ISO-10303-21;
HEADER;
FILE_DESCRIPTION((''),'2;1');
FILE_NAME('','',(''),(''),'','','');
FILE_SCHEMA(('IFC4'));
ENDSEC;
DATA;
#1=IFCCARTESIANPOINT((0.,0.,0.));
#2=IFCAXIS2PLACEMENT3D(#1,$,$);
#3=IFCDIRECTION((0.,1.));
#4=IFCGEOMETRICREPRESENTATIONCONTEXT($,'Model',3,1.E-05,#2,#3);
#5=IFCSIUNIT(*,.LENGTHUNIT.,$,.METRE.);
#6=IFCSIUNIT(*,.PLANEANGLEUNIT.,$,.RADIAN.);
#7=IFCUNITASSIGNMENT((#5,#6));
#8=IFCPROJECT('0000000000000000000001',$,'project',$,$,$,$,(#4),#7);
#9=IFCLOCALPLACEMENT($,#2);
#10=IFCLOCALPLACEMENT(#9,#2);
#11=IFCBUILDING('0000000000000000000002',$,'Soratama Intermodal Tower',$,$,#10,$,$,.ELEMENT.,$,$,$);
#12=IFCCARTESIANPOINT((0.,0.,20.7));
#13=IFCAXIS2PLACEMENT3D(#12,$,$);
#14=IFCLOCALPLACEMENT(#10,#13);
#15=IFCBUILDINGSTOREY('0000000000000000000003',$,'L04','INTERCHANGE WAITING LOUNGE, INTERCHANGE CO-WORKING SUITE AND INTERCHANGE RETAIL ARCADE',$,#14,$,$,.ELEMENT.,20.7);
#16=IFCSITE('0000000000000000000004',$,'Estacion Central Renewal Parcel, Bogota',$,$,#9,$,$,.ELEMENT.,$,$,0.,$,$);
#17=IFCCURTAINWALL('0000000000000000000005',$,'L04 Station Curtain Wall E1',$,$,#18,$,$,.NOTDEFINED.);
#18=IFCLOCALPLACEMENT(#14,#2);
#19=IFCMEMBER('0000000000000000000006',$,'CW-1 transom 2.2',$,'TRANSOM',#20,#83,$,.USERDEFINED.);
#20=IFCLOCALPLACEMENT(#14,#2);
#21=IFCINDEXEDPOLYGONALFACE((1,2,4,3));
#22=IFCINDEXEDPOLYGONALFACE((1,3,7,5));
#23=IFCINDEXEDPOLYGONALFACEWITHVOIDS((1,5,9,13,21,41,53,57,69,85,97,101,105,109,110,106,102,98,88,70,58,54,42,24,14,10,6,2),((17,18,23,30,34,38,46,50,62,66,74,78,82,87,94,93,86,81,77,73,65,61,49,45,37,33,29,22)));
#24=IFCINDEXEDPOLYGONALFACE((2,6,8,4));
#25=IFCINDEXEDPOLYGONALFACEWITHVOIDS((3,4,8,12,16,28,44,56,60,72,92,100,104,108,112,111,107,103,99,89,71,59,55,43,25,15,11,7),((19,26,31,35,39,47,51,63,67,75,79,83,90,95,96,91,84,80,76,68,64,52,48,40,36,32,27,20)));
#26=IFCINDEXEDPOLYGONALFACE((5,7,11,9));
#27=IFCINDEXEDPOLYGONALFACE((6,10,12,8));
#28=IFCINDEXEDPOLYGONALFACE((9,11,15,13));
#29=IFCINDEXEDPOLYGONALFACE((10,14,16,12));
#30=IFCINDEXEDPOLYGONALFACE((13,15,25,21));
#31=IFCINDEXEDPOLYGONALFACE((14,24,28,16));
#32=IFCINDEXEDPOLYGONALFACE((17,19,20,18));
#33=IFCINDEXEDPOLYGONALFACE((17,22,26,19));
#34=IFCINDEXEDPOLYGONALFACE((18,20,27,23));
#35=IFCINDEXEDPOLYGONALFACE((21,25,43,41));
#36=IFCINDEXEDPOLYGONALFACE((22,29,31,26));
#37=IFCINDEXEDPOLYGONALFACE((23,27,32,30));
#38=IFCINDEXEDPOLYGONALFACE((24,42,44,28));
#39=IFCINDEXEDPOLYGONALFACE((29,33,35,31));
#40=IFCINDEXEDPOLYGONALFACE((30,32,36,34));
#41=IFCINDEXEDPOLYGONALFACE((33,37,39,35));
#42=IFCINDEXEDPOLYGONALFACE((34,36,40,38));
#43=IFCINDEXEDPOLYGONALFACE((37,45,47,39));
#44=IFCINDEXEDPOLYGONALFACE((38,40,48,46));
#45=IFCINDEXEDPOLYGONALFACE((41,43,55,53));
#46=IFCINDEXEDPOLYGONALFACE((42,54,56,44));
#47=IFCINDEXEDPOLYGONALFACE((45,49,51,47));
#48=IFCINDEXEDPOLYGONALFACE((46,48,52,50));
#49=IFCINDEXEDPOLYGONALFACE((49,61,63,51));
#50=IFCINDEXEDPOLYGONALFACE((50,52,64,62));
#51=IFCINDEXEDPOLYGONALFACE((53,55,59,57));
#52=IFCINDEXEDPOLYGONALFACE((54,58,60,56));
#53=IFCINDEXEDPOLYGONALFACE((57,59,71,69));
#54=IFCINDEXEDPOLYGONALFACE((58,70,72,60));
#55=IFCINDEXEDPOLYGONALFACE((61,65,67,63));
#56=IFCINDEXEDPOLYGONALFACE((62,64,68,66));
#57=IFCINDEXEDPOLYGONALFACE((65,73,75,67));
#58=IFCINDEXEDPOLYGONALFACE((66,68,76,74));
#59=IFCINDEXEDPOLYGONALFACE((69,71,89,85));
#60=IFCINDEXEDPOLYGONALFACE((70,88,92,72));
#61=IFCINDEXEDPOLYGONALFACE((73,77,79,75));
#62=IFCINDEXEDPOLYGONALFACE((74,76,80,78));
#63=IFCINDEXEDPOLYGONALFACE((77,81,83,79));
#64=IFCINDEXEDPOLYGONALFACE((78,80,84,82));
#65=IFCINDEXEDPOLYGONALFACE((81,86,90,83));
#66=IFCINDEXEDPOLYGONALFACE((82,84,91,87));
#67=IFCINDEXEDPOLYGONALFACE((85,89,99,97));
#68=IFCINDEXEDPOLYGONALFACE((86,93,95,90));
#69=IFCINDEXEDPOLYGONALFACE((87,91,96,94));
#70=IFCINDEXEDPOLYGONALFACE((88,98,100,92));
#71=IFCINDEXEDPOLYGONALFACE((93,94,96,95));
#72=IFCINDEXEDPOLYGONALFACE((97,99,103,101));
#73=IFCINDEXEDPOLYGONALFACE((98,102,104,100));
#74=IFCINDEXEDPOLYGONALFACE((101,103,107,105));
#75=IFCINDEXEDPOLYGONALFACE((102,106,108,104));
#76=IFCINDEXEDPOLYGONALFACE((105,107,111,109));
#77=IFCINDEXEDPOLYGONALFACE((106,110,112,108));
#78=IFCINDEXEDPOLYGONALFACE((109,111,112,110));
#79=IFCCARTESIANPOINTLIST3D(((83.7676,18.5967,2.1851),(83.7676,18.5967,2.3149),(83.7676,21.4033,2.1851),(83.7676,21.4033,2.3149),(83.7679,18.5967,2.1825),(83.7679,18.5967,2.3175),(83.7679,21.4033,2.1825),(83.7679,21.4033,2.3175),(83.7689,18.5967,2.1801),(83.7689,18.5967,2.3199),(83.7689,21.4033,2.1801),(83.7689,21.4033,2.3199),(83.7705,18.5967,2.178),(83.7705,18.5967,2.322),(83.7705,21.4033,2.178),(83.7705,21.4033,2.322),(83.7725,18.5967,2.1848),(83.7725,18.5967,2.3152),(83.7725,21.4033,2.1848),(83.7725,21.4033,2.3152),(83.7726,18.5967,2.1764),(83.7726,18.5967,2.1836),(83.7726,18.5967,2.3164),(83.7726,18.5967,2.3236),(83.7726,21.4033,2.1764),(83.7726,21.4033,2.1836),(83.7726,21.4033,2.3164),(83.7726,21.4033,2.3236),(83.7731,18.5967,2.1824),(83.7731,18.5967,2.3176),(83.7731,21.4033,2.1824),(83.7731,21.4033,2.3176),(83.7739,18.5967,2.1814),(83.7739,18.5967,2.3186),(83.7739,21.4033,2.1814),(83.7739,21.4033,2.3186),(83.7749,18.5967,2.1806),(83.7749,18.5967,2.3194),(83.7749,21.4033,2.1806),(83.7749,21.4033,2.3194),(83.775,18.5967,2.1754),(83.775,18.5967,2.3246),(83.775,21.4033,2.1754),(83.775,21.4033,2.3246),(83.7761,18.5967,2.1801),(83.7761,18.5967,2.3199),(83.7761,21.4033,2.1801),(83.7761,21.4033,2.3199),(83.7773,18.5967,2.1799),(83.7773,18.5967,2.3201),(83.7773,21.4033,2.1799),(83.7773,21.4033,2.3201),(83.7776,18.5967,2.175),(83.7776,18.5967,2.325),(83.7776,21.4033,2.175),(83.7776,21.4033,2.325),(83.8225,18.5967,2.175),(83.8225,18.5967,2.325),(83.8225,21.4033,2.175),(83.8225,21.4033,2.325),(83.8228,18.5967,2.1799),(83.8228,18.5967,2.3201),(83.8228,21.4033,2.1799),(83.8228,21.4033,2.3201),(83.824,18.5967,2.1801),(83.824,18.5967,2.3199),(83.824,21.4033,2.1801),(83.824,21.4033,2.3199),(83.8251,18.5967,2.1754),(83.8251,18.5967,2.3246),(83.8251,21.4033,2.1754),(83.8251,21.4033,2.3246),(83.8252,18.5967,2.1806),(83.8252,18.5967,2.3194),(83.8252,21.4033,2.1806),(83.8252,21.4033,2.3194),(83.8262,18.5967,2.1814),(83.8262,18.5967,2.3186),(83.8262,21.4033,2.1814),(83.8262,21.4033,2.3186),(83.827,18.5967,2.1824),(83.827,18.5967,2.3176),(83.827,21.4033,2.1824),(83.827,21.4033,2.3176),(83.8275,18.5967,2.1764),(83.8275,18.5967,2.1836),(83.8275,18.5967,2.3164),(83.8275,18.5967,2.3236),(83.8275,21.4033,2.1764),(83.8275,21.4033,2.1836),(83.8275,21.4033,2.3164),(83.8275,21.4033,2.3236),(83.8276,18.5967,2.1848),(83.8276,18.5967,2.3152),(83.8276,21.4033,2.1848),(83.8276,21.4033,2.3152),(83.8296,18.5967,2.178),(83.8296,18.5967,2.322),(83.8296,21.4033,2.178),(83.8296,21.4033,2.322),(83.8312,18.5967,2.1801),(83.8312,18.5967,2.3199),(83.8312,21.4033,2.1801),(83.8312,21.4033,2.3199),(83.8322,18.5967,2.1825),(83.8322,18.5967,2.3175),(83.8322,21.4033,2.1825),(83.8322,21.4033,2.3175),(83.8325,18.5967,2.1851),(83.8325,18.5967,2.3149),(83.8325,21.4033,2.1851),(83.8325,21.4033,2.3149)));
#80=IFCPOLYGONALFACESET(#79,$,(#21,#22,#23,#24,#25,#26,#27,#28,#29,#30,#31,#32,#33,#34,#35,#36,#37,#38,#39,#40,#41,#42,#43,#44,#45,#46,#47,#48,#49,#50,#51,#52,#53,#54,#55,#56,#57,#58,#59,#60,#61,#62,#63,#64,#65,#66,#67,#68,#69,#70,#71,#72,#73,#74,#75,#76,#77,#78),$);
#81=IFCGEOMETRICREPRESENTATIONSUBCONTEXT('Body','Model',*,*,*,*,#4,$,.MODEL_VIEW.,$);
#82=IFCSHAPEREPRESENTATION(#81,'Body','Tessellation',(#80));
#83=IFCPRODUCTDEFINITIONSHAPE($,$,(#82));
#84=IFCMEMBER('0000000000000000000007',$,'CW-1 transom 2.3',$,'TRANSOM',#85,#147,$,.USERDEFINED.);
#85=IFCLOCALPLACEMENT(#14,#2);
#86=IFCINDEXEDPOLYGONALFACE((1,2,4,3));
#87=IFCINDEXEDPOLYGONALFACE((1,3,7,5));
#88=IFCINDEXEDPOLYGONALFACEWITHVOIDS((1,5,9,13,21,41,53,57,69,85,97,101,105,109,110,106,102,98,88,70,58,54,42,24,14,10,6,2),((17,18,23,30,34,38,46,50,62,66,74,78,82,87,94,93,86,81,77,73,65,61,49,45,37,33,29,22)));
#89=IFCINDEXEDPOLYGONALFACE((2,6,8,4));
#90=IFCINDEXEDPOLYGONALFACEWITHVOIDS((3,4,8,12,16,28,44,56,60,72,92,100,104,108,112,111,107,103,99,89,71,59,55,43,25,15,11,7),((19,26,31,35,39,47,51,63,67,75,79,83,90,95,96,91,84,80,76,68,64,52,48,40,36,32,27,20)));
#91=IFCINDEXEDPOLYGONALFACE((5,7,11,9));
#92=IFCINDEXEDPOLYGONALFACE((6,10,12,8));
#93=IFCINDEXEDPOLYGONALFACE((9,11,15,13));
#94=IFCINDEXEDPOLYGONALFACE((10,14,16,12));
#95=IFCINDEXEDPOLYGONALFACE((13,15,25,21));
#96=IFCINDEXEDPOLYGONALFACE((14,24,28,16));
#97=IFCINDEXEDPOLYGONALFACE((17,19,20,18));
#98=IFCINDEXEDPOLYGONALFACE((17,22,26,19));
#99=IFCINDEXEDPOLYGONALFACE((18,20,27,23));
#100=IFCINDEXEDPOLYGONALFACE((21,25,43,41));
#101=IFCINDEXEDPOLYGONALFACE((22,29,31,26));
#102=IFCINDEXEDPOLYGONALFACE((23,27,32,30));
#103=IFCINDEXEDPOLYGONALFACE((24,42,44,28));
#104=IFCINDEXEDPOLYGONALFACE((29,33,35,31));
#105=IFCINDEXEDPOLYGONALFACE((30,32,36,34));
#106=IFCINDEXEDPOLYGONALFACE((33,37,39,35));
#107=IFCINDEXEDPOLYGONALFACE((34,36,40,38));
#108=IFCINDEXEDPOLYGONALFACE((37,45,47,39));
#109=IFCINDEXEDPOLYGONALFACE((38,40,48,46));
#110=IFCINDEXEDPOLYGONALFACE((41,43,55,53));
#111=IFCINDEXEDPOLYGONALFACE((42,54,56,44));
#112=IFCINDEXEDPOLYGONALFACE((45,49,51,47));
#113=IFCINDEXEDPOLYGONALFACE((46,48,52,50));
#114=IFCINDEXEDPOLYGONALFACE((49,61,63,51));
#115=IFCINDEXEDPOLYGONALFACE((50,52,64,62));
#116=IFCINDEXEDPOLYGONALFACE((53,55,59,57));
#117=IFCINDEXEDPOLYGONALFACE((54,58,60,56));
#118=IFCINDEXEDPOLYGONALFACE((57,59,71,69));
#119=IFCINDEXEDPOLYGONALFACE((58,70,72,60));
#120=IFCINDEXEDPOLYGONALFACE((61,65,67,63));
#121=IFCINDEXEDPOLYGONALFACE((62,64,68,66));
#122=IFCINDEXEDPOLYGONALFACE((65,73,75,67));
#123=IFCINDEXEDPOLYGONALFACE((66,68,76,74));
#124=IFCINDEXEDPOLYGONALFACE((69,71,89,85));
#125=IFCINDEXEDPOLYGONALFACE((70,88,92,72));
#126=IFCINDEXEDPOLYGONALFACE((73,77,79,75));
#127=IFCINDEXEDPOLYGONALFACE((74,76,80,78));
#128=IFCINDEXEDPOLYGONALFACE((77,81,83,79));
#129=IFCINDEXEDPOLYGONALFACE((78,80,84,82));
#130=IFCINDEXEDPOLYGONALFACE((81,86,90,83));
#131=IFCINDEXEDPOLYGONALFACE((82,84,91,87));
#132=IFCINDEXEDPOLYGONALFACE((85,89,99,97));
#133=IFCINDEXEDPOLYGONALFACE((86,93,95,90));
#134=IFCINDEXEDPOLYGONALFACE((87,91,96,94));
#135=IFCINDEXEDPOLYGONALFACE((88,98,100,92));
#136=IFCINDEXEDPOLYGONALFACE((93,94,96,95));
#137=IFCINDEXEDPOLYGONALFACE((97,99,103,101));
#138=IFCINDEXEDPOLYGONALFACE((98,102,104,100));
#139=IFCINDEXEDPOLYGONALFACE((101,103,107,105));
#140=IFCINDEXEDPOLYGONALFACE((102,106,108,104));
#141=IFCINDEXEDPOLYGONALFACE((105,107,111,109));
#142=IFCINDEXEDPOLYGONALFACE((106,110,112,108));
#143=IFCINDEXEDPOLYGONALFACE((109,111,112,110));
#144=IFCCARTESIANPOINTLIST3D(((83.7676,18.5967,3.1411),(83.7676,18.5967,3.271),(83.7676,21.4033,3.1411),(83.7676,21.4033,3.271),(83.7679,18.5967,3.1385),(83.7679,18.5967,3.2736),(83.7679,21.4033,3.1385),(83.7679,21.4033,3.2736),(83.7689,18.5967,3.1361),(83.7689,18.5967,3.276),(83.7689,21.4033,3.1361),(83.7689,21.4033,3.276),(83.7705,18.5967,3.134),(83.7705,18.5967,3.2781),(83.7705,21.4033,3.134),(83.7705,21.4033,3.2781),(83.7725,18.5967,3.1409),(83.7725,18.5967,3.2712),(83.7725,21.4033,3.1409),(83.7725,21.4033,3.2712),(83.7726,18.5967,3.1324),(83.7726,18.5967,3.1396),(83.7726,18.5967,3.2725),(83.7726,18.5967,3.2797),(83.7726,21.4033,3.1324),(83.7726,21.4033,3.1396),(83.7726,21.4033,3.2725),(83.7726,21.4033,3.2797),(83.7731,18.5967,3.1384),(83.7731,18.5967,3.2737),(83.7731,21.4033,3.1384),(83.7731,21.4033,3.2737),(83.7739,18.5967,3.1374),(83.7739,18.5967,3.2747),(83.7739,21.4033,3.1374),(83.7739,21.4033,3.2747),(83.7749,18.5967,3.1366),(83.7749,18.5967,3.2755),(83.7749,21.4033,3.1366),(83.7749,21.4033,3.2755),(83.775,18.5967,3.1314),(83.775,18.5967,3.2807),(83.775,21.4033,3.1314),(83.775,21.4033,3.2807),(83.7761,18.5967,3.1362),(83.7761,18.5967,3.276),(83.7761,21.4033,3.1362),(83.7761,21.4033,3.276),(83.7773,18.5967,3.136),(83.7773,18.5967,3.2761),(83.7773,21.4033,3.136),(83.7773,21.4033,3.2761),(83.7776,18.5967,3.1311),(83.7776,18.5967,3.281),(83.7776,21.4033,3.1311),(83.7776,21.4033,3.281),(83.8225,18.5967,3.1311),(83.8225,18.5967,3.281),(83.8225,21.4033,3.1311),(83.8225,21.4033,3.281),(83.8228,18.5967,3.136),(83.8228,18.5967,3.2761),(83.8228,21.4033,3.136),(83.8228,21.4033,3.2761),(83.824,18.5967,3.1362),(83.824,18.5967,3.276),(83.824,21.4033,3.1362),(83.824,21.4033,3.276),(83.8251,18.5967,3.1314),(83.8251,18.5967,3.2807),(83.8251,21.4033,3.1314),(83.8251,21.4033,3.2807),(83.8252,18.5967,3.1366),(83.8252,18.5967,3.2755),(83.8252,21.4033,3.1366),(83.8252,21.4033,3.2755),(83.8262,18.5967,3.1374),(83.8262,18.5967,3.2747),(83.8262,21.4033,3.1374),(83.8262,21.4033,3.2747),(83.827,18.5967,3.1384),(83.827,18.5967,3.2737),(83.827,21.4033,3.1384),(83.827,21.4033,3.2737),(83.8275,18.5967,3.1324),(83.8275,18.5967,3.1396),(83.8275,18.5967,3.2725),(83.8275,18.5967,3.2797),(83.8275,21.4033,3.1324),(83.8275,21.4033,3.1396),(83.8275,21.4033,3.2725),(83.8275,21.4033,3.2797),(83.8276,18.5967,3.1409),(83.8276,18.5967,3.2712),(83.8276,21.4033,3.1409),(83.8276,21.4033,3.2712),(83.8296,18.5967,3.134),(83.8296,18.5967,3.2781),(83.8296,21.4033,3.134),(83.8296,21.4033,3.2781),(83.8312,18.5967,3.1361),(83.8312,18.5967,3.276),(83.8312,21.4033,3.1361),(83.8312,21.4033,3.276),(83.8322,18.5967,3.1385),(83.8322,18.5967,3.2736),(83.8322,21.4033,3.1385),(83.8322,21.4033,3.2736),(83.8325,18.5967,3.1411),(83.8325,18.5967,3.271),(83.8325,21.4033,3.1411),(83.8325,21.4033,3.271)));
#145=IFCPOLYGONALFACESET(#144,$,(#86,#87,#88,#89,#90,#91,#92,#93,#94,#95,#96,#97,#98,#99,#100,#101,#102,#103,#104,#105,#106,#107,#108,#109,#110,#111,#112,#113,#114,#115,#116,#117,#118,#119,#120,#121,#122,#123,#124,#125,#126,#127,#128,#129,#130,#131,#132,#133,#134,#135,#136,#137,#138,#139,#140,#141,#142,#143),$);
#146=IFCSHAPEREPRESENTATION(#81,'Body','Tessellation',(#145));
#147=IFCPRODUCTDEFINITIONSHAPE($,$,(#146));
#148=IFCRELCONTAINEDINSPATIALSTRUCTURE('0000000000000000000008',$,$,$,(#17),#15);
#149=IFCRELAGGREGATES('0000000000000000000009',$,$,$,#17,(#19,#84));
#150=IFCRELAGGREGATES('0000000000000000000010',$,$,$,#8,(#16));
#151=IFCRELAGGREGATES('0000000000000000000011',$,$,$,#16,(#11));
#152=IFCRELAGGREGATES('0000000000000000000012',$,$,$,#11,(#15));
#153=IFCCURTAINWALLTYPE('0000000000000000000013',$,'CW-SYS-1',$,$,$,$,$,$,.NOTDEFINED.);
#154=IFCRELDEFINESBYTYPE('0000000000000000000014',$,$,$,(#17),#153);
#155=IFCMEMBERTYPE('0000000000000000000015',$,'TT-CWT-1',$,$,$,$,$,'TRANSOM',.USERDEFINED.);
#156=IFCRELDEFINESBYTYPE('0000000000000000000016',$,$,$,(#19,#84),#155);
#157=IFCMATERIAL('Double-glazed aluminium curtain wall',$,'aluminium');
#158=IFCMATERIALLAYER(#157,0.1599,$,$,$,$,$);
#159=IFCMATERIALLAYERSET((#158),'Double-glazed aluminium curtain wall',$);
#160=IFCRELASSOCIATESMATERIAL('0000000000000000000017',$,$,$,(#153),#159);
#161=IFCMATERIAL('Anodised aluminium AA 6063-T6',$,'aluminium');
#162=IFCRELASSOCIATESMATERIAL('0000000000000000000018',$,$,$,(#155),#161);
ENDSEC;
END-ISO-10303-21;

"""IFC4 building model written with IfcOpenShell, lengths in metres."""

from ifc_helpers import new_model, si_unit, direction, frame, origin, origin_2d, place, context, subcontext, project, spatial, hollow_rectangle, extrude, material, layer, layer_set, material_profile, profile_set, type_object, element, aggregate, save


model = new_model("IFC4")

# Units and contexts
model_context = context("Model", 3, precision=1e-05, world=origin(), true_north=direction((0.0, 1.0)))
body_context = subcontext(model_context, "Body", "Model", "MODEL_VIEW")
ifc_project = project(units=[si_unit("LENGTHUNIT", "METRE"), si_unit("PLANEANGLEUNIT", "RADIAN")], contexts=[model_context])

# Site, building, storey
site_placement = place(None, origin())
site = spatial("IfcSite", under=ifc_project, at=site_placement, Name="Estacion Central Renewal Parcel, Bogota", CompositionType="ELEMENT", RefElevation=0.0)
building_placement = place(site_placement, origin())
building = spatial("IfcBuilding", under=site, at=building_placement, Name="Soratama Intermodal Tower", CompositionType="ELEMENT")
storey_placement = place(building_placement, frame((0.0, 0.0, 20.7)))
storey = spatial("IfcBuildingStorey", under=building, at=storey_placement, Name="L04", Description="INTERCHANGE WAITING LOUNGE, INTERCHANGE CO-WORKING SUITE AND INTERCHANGE RETAIL ARCADE", CompositionType="ELEMENT", Elevation=20.7)

# Curtain wall
ifc_material_1 = material(Name="Double-glazed aluminium curtain wall", Category="aluminium")
ifc_layer_1 = layer(ifc_material_1, 0.1599)
ifc_layer_set_1 = layer_set([ifc_layer_1], Name="Double-glazed aluminium curtain wall")
curtain_wall_type = type_object("IfcCurtainWallType", Name="CW-SYS-1", PredefinedType="NOTDEFINED", material=ifc_layer_set_1)
curtain_wall_1_placement = place(storey_placement, origin())
curtain_wall_1 = element("IfcCurtainWall", 1, at=curtain_wall_1_placement, inside=storey, type_object=curtain_wall_type, Name="L04 Station Curtain Wall E1", PredefinedType="NOTDEFINED")

# Members
ifc_material_2 = material(Name="Anodised aluminium AA 6063-T6", Category="aluminium")
ifc_material_profile_1 = material_profile(ifc_material_2, hollow_rectangle(XDim=0.0649, YDim=0.1499, WallThickness=0.0049, InnerFilletRadius=0.0049, OuterFilletRadius=0.01, at=origin_2d()), Name="CWT150X65X5")
ifc_profile_set_1 = profile_set([ifc_material_profile_1], Name="Anodised aluminium AA 6063-T6")
member_type_1 = type_object("IfcMemberType", Name="TT-CWT-1", ElementType="TRANSOM", PredefinedType="USERDEFINED", material=ifc_profile_set_1)
member_1_placement = place(storey_placement, frame((83.8, 18.5967, 2.25), z_axis=(0.0, 1.0, 0.0), x_axis=(-1.0, 0.0, 0.0)))
member_1 = element("IfcMember", 2, at=member_1_placement, type_object=member_type_1, Name="CW-1 transom 2.2", ObjectType="TRANSOM", PredefinedType="USERDEFINED", context=body_context, shape_type="SweptSolid", body=[
    extrude(hollow_rectangle(XDim=0.0649, YDim=0.1499, WallThickness=0.0049, InnerFilletRadius=0.0049, OuterFilletRadius=0.01, at=origin_2d()), origin(), (0.0, 0.0, 1.0), 2.8066),
])
member_2_placement = place(storey_placement, frame((83.8, 18.5967, 3.2061), z_axis=(0.0, 1.0, 0.0), x_axis=(-1.0, 0.0, 0.0)))
member_2 = element("IfcMember", 3, at=member_2_placement, type_object=member_type_1, Name="CW-1 transom 2.3", ObjectType="TRANSOM", PredefinedType="USERDEFINED", context=body_context, shape_type="SweptSolid", body=[
    extrude(hollow_rectangle(XDim=0.0649, YDim=0.1499, WallThickness=0.0049, InnerFilletRadius=0.0049, OuterFilletRadius=0.01, at=origin_2d()), origin(), (0.0, 0.0, 1.0), 2.8066),
])

aggregate(curtain_wall_1, [member_1, member_2])

save(model, "model.ifc")
